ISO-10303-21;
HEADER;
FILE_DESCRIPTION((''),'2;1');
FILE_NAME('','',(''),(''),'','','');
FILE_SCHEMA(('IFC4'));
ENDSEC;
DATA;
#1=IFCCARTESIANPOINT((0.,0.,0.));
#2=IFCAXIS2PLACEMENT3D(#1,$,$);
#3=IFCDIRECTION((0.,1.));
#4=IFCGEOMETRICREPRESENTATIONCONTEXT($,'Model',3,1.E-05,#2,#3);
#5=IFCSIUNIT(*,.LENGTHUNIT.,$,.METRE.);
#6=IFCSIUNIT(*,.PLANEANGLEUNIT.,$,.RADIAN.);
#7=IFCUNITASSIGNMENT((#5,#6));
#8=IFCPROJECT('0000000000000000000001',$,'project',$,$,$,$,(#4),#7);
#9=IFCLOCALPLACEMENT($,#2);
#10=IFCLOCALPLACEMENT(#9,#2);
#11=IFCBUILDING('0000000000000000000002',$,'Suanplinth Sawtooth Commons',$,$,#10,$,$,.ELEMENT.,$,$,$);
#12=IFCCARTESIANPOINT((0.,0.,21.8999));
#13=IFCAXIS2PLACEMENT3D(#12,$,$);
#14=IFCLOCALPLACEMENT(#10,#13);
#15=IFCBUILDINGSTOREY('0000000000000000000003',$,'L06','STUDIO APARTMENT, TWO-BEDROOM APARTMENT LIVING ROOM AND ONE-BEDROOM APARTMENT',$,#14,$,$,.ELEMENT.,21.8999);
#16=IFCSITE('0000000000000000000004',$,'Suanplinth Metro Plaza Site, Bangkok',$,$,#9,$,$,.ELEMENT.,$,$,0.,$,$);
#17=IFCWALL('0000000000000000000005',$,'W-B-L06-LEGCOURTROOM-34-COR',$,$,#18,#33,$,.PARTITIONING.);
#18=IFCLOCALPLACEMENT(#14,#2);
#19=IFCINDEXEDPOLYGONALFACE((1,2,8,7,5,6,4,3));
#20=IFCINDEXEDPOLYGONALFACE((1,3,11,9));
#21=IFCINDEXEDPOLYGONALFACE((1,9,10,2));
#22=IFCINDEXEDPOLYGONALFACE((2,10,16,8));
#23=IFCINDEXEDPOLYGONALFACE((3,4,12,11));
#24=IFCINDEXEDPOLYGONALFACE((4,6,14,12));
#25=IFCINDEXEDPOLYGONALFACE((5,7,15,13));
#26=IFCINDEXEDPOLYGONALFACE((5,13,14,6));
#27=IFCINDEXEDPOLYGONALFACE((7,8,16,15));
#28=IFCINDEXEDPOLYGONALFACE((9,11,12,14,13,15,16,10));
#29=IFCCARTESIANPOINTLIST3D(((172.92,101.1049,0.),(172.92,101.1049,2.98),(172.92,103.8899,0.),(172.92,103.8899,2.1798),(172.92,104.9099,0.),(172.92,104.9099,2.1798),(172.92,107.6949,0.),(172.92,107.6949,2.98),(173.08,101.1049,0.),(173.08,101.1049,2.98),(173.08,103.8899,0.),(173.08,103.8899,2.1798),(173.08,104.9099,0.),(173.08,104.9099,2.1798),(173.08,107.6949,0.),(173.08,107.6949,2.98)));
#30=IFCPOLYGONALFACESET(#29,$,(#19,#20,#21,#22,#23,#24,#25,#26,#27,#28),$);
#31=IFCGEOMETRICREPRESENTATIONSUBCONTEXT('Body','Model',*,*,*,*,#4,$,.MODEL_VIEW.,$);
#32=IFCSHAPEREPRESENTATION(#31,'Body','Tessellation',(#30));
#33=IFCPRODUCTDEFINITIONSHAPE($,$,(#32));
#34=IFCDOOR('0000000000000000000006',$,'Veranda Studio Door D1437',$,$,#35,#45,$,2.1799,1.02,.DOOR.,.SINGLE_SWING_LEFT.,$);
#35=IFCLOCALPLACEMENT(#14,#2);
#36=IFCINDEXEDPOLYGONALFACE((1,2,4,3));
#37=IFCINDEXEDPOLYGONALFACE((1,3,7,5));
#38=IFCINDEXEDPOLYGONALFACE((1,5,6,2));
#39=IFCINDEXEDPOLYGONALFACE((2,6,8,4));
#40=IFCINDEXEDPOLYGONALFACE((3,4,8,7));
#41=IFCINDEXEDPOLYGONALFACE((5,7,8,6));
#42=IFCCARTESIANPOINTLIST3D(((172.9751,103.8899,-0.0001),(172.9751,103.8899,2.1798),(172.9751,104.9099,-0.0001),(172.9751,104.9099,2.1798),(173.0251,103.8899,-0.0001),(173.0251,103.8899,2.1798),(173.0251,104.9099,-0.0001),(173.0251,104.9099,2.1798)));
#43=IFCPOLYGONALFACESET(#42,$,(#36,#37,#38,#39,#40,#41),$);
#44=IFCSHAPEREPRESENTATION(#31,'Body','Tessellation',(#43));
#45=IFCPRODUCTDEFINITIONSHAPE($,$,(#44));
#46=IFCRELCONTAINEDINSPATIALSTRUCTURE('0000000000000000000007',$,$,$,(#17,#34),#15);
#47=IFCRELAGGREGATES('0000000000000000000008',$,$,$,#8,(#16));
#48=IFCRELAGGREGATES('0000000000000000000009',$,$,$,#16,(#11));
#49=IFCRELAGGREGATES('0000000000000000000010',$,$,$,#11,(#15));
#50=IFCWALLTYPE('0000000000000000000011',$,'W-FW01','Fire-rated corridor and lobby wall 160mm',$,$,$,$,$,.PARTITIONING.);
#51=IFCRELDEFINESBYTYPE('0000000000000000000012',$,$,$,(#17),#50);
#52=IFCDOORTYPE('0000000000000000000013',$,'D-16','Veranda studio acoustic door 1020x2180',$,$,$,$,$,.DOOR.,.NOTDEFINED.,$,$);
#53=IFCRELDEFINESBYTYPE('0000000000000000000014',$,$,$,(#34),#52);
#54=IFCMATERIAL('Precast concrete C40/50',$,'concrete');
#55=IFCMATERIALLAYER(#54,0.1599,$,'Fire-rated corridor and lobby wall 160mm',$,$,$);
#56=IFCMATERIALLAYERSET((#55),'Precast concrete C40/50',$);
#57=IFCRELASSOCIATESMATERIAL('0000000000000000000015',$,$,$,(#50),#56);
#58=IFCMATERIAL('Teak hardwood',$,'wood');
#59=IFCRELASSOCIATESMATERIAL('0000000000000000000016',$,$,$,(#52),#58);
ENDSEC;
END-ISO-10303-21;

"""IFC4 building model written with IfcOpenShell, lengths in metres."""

from ifc_helpers import new_model, si_unit, direction, frame, frame_2d, origin, place, context, subcontext, project, spatial, rectangle, extrude, material, layer, layer_set, type_object, element, fill, save


model = new_model("IFC4")

# Units and contexts
model_context = context("Model", 3, precision=1e-05, world=origin(), true_north=direction((0.0, 1.0)))
body_context = subcontext(model_context, "Body", "Model", "MODEL_VIEW")
ifc_project = project(units=[si_unit("LENGTHUNIT", "METRE"), si_unit("PLANEANGLEUNIT", "RADIAN")], contexts=[model_context])

# Site, building, storey
site_placement = place(None, origin())
site = spatial("IfcSite", under=ifc_project, at=site_placement, Name="Suanplinth Metro Plaza Site, Bangkok", CompositionType="ELEMENT", RefElevation=0.0)
building_placement = place(site_placement, origin())
building = spatial("IfcBuilding", under=site, at=building_placement, Name="Suanplinth Sawtooth Commons", CompositionType="ELEMENT")
storey_placement = place(building_placement, frame((0.0, 0.0, 21.8999)))
storey = spatial("IfcBuildingStorey", under=building, at=storey_placement, Name="L06", Description="STUDIO APARTMENT, TWO-BEDROOM APARTMENT LIVING ROOM AND ONE-BEDROOM APARTMENT", CompositionType="ELEMENT", Elevation=21.8999)

# Shared definitions
ifc_material_1 = material(Name="Precast concrete C40/50", Category="concrete")

# Wall, opening, door
ifc_layer_1 = layer(ifc_material_1, 0.1599, Name="Fire-rated corridor and lobby wall 160mm")
ifc_layer_set_1 = layer_set([ifc_layer_1], Name="Precast concrete C40/50")
wall_type_1 = type_object("IfcWallType", Name="W-FW01", Description="Fire-rated corridor and lobby wall 160mm", PredefinedType="PARTITIONING", material=ifc_layer_set_1)
ifc_material_2 = material(Name="Teak hardwood", Category="wood")
door_type_1 = type_object("IfcDoorType", Name="D-16", Description="Veranda studio acoustic door 1020x2180", OperationType="NOTDEFINED", PredefinedType="DOOR", material=ifc_material_2)
wall_1_placement = place(storey_placement, frame((173.0, 101.105, 0.0), z_axis=(0.0, 0.0, 1.0), x_axis=(0.0, 1.0, 0.0)))
wall_1 = element("IfcWall", 1, at=wall_1_placement, inside=storey, type_object=wall_type_1, Name="W-B-L06-LEGCOURTROOM-34-COR", PredefinedType="PARTITIONING", context=body_context, shape_type="SweptSolid", body=[
    extrude(rectangle(XDim=6.5901, YDim=0.1599, at=frame_2d((3.2949, 0.0))), origin(), (0.0, 0.0, 1.0), 2.98),
])
opening_1_placement = place(wall_1_placement, frame((2.7849, 0.0, 0.0)))
opening_1 = element("IfcOpeningElement", 2, at=opening_1_placement, cuts=wall_1, PredefinedType="OPENING", context=body_context, shape_type="SweptSolid", body=[
    extrude(rectangle(XDim=1.02, YDim=2.1799, at=frame_2d((0.51, 1.0898))), frame((0.0, 0.0947, 0.0), z_axis=(0.0, -1.0, 0.0), x_axis=(1.0, 0.0, 0.0)), (0.0, 0.0, 1.0), 0.1897),
])
door_1_placement = place(opening_1_placement, origin())
door_1 = element("IfcDoor", 3, at=door_1_placement, inside=storey, type_object=door_type_1, Name="Veranda Studio Door D1437", OperationType="SINGLE_SWING_LEFT", OverallHeight=2.1799, OverallWidth=1.02, PredefinedType="DOOR", context=body_context, shape_type="SweptSolid", body=[
    extrude(rectangle(XDim=1.02, YDim=2.1799, at=frame_2d((0.51, 1.0898))), frame((0.0, 0.0249, 0.0), z_axis=(0.0, -1.0, 0.0), x_axis=(1.0, 0.0, 0.0)), (0.0, 0.0, 1.0), 0.05),
])
fill(opening_1, door_1)

save(model, "model.ifc")
